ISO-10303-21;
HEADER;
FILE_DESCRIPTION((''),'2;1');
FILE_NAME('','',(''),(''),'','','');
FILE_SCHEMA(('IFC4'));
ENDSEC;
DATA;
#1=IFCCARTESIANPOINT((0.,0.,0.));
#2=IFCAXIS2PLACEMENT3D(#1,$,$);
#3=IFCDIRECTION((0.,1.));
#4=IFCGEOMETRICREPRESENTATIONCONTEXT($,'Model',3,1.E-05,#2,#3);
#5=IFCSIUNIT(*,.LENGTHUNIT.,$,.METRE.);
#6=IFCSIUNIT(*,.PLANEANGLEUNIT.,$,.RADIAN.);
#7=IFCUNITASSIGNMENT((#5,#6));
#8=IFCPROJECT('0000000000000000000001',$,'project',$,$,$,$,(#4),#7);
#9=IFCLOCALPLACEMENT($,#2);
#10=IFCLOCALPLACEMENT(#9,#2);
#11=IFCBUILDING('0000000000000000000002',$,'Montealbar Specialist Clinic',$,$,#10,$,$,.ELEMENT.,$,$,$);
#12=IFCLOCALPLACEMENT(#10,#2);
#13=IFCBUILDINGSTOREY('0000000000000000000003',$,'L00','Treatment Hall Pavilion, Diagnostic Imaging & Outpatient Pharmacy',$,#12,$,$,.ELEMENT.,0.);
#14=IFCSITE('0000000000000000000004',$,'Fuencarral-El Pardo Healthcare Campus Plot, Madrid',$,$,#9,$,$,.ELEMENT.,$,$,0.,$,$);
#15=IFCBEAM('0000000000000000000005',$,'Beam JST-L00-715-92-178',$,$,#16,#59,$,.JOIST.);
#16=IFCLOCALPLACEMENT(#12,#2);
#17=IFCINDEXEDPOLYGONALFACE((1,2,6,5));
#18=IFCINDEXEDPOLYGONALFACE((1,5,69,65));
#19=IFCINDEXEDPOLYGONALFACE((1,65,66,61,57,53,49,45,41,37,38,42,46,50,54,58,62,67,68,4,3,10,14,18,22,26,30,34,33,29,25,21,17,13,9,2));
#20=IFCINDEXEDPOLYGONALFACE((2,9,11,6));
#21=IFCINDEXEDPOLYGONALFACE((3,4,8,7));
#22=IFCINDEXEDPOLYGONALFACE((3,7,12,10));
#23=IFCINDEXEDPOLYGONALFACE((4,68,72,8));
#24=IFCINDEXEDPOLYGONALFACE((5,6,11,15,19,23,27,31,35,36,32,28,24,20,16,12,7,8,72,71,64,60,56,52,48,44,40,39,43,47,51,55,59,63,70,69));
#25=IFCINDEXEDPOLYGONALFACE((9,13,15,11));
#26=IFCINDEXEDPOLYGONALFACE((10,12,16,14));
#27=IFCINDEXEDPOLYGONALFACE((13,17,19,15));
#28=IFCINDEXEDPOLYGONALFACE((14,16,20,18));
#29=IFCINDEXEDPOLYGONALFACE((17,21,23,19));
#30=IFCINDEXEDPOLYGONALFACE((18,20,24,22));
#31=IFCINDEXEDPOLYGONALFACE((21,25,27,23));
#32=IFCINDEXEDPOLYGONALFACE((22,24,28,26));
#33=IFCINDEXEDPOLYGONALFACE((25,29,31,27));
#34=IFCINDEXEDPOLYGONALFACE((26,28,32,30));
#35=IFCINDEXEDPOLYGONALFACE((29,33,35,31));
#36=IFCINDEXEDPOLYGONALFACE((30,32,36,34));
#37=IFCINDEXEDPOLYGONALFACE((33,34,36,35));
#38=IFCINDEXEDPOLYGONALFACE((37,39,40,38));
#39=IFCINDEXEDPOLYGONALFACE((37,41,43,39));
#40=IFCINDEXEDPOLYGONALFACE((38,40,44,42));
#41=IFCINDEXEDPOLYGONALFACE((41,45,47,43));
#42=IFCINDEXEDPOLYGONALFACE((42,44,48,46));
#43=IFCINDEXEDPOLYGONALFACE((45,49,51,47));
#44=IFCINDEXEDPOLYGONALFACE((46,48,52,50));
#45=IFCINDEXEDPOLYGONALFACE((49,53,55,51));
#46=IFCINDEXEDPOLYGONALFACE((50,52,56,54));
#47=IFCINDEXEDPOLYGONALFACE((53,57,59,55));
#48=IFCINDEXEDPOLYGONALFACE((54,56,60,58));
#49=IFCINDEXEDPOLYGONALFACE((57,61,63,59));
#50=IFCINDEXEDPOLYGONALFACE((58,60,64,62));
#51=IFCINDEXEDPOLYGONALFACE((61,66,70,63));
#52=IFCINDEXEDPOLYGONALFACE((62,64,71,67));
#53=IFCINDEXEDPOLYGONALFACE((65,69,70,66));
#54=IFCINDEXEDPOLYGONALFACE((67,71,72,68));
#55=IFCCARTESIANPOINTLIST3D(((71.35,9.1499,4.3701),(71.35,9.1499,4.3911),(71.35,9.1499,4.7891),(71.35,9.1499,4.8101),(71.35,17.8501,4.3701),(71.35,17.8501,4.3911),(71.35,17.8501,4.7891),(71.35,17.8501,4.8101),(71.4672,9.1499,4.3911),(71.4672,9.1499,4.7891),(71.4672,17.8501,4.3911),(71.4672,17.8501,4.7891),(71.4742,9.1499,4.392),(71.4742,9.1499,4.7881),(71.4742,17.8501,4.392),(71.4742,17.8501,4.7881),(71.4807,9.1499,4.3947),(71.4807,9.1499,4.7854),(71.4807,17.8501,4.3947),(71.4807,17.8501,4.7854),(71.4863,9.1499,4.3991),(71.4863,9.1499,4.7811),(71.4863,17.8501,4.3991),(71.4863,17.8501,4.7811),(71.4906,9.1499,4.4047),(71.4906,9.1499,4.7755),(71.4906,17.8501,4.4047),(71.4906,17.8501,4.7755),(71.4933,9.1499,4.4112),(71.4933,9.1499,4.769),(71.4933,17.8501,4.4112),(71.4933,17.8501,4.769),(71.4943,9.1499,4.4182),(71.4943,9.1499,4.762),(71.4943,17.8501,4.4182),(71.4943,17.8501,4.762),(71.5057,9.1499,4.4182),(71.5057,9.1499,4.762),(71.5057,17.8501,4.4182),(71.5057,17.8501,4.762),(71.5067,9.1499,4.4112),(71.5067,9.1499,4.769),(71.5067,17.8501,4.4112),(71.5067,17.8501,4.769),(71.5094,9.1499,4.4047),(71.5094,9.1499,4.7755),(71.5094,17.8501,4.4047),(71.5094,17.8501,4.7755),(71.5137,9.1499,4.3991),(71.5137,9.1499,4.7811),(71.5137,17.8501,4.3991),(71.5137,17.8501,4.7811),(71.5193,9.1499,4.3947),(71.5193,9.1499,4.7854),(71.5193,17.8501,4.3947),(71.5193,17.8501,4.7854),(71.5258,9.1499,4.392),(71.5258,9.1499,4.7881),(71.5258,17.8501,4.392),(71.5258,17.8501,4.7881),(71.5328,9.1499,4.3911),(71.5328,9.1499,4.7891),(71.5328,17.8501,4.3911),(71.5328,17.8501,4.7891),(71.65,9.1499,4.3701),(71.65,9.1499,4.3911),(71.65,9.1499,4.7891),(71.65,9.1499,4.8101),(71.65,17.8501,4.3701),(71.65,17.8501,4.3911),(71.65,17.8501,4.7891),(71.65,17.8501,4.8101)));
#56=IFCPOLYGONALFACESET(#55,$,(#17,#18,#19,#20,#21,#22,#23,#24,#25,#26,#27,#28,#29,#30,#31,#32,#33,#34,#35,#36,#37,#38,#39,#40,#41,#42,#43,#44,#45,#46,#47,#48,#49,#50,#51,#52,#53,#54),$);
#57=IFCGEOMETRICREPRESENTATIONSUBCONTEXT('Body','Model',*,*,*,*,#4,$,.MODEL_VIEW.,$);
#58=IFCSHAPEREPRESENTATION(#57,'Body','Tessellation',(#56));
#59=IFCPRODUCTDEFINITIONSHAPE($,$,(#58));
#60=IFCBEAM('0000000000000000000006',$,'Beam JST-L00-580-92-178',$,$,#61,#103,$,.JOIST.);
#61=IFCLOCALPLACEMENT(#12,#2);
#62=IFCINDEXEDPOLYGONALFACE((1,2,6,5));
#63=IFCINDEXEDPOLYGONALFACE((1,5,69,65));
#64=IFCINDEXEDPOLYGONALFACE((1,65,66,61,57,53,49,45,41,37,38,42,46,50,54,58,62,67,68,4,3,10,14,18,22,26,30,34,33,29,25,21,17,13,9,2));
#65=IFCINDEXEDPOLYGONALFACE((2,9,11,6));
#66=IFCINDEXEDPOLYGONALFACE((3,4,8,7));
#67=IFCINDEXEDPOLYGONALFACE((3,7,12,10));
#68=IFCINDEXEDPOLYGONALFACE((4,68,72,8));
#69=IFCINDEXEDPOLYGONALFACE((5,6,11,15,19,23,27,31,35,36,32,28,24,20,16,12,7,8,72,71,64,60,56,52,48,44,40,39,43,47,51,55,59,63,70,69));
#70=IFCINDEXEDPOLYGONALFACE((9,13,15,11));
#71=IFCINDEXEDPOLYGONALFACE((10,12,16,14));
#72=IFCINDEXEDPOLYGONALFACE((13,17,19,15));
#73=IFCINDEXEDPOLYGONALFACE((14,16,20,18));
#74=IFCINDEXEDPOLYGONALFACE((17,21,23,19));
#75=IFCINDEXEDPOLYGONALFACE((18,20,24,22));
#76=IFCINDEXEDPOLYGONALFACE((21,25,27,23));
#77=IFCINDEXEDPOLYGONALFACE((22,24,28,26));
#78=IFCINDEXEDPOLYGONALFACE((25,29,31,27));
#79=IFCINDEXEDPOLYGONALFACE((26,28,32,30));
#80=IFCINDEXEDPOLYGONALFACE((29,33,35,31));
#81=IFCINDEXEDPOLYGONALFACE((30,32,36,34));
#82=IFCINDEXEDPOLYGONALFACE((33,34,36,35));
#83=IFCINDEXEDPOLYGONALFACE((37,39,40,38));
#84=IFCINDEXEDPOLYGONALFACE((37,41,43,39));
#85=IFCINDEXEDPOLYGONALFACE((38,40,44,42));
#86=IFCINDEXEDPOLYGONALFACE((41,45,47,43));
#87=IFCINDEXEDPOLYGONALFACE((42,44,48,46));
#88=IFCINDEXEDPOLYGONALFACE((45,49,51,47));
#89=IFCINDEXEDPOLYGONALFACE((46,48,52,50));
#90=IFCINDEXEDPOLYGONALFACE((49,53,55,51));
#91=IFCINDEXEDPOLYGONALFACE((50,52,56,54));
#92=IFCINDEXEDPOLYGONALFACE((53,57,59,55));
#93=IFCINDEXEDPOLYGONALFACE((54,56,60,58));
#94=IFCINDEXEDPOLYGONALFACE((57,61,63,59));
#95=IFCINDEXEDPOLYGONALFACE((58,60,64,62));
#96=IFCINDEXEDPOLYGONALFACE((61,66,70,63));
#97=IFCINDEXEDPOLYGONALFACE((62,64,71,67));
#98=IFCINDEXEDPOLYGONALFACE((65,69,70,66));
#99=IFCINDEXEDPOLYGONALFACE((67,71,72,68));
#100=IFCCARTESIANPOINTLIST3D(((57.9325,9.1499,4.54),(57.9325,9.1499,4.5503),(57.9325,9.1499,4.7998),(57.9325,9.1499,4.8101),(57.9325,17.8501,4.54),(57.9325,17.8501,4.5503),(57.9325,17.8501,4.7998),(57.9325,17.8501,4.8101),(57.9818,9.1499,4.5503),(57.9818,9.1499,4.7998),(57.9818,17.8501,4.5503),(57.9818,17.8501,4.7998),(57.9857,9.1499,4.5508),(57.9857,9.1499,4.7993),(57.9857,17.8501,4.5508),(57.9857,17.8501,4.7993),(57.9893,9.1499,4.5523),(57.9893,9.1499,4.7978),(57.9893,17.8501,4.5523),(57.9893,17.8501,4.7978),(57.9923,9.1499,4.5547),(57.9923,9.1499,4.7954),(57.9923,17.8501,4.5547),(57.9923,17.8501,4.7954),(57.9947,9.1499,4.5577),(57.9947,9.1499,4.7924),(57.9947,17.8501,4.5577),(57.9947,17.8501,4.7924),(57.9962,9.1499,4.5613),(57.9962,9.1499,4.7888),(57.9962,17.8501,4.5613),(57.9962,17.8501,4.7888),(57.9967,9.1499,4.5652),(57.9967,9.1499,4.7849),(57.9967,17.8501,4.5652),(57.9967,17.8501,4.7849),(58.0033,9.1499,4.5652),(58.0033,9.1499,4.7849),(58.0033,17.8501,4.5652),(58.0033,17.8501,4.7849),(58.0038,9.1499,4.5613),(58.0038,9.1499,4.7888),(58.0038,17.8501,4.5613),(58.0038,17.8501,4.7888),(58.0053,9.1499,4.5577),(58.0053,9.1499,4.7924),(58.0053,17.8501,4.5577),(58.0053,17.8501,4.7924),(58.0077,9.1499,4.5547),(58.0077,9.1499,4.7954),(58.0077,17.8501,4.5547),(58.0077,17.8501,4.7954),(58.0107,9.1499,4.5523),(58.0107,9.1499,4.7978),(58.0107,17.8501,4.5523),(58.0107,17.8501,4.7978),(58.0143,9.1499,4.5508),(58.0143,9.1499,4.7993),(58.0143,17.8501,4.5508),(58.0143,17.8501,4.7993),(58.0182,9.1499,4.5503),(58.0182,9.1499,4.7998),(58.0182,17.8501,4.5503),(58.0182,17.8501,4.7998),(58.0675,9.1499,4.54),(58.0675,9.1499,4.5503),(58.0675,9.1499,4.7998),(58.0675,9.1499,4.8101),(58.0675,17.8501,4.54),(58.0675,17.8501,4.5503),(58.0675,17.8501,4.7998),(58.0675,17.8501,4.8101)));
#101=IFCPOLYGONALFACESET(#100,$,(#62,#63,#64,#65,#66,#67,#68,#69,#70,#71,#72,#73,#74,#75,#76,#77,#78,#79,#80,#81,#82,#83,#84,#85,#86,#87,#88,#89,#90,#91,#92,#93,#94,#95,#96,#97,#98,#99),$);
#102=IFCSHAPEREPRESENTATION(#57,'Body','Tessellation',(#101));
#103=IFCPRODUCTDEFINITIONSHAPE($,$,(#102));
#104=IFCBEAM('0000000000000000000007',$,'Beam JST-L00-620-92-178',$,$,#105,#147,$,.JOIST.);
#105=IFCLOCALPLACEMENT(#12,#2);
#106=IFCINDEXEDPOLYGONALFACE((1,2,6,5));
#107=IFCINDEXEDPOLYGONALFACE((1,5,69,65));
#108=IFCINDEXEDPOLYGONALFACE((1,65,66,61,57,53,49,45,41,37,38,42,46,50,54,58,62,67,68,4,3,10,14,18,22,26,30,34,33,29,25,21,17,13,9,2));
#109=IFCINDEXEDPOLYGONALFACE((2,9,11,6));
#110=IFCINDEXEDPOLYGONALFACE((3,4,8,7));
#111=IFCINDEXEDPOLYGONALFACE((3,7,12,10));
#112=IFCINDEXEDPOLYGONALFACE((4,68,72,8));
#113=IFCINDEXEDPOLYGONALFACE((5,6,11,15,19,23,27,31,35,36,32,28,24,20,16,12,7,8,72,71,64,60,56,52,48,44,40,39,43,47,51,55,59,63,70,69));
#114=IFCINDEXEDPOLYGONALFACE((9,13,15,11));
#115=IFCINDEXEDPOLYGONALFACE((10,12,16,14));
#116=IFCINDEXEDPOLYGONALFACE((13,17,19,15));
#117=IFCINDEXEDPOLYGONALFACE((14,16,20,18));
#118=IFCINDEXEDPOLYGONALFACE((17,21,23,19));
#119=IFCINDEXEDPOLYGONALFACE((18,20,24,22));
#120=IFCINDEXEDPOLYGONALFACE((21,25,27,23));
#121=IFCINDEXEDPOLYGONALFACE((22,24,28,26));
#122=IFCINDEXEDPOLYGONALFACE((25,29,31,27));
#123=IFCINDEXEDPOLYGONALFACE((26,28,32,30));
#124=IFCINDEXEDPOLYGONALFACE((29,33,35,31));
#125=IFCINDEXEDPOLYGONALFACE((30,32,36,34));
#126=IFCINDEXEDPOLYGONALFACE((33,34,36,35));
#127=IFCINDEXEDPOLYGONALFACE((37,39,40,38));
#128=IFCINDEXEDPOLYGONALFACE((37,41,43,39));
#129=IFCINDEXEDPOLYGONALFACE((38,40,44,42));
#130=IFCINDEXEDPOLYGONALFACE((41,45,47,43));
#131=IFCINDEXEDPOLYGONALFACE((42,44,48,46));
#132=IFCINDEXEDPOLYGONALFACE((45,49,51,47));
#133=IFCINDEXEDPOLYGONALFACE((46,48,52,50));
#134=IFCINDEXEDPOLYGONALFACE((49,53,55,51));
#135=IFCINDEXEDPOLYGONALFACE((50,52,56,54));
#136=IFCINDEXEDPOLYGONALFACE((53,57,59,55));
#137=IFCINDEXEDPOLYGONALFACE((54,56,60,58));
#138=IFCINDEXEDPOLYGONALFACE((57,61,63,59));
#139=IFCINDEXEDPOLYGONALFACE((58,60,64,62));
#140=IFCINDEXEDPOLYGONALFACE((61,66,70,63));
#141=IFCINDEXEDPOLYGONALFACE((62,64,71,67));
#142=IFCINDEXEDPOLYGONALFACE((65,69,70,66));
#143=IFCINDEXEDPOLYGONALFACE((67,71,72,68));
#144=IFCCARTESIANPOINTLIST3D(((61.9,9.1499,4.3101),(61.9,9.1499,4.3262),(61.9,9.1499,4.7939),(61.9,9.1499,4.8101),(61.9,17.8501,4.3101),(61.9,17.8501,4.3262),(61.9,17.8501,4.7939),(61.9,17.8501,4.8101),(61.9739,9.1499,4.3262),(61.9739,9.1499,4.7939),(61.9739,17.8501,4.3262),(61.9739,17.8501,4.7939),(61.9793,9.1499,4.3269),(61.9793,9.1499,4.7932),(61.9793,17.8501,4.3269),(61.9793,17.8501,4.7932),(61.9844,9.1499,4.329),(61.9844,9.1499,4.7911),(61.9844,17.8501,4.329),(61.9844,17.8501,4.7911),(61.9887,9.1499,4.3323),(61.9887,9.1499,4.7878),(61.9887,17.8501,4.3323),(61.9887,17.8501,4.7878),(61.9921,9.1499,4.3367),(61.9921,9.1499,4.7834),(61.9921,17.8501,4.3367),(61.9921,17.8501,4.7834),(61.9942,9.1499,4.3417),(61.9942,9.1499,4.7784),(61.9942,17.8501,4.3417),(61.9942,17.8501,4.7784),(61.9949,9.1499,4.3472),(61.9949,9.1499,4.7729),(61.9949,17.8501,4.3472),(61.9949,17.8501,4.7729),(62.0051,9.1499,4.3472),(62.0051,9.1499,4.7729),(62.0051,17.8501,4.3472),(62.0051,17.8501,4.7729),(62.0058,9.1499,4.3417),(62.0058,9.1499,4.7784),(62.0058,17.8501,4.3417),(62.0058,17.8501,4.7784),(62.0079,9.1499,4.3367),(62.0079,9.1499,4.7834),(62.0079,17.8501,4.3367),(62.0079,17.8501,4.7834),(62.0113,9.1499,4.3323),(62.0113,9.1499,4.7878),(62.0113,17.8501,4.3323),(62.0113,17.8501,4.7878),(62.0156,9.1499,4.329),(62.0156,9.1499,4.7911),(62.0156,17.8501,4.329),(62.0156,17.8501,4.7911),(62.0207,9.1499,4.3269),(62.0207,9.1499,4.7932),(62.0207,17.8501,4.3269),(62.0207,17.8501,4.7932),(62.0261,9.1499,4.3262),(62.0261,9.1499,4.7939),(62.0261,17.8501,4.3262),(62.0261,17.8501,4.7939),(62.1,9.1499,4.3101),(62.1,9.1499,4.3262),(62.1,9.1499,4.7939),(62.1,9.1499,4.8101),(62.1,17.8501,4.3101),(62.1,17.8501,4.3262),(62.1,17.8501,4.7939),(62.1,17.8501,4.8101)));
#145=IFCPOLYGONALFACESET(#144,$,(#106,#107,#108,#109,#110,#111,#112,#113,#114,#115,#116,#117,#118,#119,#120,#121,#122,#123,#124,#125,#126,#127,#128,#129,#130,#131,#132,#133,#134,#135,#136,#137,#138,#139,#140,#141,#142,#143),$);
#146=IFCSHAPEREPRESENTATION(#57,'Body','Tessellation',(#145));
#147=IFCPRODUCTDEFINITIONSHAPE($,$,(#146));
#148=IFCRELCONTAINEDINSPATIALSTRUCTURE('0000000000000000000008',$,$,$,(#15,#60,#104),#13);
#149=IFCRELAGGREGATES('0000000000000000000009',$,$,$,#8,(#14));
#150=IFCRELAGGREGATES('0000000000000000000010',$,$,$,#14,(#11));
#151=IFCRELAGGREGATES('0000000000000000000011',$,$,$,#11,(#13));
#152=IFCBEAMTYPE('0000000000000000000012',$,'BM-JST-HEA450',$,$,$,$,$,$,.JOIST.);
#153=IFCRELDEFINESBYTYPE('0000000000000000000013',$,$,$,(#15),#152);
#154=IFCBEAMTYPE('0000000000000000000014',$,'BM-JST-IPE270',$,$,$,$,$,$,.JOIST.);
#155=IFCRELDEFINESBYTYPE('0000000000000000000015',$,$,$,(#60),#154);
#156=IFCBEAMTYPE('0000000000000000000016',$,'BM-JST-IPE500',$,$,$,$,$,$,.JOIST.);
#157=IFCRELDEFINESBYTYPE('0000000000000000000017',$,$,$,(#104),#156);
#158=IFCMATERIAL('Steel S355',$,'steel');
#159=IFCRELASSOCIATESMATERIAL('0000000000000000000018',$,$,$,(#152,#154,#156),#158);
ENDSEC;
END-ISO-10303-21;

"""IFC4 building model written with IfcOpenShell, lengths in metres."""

from ifc_helpers import new_model, si_unit, direction, frame, origin, origin_2d, place, context, subcontext, project, spatial, i_section, extrude, material, material_profile, profile_set, type_object, element, save


model = new_model("IFC4")

# Units and contexts
model_context = context("Model", 3, precision=1e-05, world=origin(), true_north=direction((0.0, 1.0)))
body_context = subcontext(model_context, "Body", "Model", "MODEL_VIEW")
ifc_project = project(units=[si_unit("LENGTHUNIT", "METRE"), si_unit("PLANEANGLEUNIT", "RADIAN")], contexts=[model_context])

# Site, building, storey
site_placement = place(None, origin())
site = spatial("IfcSite", under=ifc_project, at=site_placement, Name="Fuencarral-El Pardo Healthcare Campus Plot, Madrid", CompositionType="ELEMENT", RefElevation=0.0)
building_placement = place(site_placement, origin())
building = spatial("IfcBuilding", under=site, at=building_placement, Name="Montealbar Specialist Clinic", CompositionType="ELEMENT")
storey_placement = place(building_placement, origin())
storey = spatial("IfcBuildingStorey", under=building, at=storey_placement, Name="L00", Description="Treatment Hall Pavilion, Diagnostic Imaging & Outpatient Pharmacy", CompositionType="ELEMENT", Elevation=0.0)

# Shared definitions
ifc_material_1 = material(Name="Steel S355", Category="steel")

# Beams
ifc_material_profile_1 = material_profile(ifc_material_1, i_section(OverallWidth=0.3, OverallDepth=0.4399, WebThickness=0.0115, FlangeThickness=0.021, FilletRadius=0.0271, at=origin_2d()), Name="HEA 450", Category="steel")
ifc_profile_set_1 = profile_set([ifc_material_profile_1], Name="Steel S355")
beam_type_1 = type_object("IfcBeamType", Name="BM-JST-HEA450", PredefinedType="JOIST", material=ifc_profile_set_1)
beam_1_placement = place(storey_placement, frame((71.5, 9.1499, 4.5901), z_axis=(0.0, 1.0, 0.0), x_axis=(-1.0, 0.0, 0.0)))
element("IfcBeam", 1, at=beam_1_placement, inside=storey, type_object=beam_type_1, Name="Beam JST-L00-715-92-178", PredefinedType="JOIST", context=body_context, shape_type="SweptSolid", body=[
    extrude(i_section(OverallWidth=0.3, OverallDepth=0.4399, WebThickness=0.0115, FlangeThickness=0.021, FilletRadius=0.0271, at=origin_2d()), origin(), (0.0, 0.0, 1.0), 8.7002),
])
ifc_material_profile_2 = material_profile(ifc_material_1, i_section(OverallWidth=0.135, OverallDepth=0.27, WebThickness=0.0066, FlangeThickness=0.0103, FilletRadius=0.0149, at=origin_2d()), Name="IPE 270", Category="steel")
ifc_profile_set_2 = profile_set([ifc_material_profile_2], Name="Steel S355")
beam_type_2 = type_object("IfcBeamType", Name="BM-JST-IPE270", PredefinedType="JOIST", material=ifc_profile_set_2)
beam_2_placement = place(storey_placement, frame((58.0, 9.1499, 4.675), z_axis=(0.0, 1.0, 0.0), x_axis=(-1.0, 0.0, 0.0)))
element("IfcBeam", 2, at=beam_2_placement, inside=storey, type_object=beam_type_2, Name="Beam JST-L00-580-92-178", PredefinedType="JOIST", context=body_context, shape_type="SweptSolid", body=[
    extrude(i_section(OverallWidth=0.135, OverallDepth=0.27, WebThickness=0.0066, FlangeThickness=0.0103, FilletRadius=0.0149, at=origin_2d()), origin(), (0.0, 0.0, 1.0), 8.7002),
])
ifc_material_profile_3 = material_profile(ifc_material_1, i_section(OverallWidth=0.2, OverallDepth=0.5, WebThickness=0.0103, FlangeThickness=0.0161, FilletRadius=0.021, at=origin_2d()), Name="IPE 500", Category="steel")
ifc_profile_set_3 = profile_set([ifc_material_profile_3], Name="Steel S355")
beam_type_3 = type_object("IfcBeamType", Name="BM-JST-IPE500", PredefinedType="JOIST", material=ifc_profile_set_3)
beam_3_placement = place(storey_placement, frame((62.0, 9.1499, 4.5601), z_axis=(0.0, 1.0, 0.0), x_axis=(-1.0, 0.0, 0.0)))
element("IfcBeam", 3, at=beam_3_placement, inside=storey, type_object=beam_type_3, Name="Beam JST-L00-620-92-178", PredefinedType="JOIST", context=body_context, shape_type="SweptSolid", body=[
    extrude(i_section(OverallWidth=0.2, OverallDepth=0.5, WebThickness=0.0103, FlangeThickness=0.0161, FilletRadius=0.021, at=origin_2d()), origin(), (0.0, 0.0, 1.0), 8.7002),
])

save(model, "model.ifc")
